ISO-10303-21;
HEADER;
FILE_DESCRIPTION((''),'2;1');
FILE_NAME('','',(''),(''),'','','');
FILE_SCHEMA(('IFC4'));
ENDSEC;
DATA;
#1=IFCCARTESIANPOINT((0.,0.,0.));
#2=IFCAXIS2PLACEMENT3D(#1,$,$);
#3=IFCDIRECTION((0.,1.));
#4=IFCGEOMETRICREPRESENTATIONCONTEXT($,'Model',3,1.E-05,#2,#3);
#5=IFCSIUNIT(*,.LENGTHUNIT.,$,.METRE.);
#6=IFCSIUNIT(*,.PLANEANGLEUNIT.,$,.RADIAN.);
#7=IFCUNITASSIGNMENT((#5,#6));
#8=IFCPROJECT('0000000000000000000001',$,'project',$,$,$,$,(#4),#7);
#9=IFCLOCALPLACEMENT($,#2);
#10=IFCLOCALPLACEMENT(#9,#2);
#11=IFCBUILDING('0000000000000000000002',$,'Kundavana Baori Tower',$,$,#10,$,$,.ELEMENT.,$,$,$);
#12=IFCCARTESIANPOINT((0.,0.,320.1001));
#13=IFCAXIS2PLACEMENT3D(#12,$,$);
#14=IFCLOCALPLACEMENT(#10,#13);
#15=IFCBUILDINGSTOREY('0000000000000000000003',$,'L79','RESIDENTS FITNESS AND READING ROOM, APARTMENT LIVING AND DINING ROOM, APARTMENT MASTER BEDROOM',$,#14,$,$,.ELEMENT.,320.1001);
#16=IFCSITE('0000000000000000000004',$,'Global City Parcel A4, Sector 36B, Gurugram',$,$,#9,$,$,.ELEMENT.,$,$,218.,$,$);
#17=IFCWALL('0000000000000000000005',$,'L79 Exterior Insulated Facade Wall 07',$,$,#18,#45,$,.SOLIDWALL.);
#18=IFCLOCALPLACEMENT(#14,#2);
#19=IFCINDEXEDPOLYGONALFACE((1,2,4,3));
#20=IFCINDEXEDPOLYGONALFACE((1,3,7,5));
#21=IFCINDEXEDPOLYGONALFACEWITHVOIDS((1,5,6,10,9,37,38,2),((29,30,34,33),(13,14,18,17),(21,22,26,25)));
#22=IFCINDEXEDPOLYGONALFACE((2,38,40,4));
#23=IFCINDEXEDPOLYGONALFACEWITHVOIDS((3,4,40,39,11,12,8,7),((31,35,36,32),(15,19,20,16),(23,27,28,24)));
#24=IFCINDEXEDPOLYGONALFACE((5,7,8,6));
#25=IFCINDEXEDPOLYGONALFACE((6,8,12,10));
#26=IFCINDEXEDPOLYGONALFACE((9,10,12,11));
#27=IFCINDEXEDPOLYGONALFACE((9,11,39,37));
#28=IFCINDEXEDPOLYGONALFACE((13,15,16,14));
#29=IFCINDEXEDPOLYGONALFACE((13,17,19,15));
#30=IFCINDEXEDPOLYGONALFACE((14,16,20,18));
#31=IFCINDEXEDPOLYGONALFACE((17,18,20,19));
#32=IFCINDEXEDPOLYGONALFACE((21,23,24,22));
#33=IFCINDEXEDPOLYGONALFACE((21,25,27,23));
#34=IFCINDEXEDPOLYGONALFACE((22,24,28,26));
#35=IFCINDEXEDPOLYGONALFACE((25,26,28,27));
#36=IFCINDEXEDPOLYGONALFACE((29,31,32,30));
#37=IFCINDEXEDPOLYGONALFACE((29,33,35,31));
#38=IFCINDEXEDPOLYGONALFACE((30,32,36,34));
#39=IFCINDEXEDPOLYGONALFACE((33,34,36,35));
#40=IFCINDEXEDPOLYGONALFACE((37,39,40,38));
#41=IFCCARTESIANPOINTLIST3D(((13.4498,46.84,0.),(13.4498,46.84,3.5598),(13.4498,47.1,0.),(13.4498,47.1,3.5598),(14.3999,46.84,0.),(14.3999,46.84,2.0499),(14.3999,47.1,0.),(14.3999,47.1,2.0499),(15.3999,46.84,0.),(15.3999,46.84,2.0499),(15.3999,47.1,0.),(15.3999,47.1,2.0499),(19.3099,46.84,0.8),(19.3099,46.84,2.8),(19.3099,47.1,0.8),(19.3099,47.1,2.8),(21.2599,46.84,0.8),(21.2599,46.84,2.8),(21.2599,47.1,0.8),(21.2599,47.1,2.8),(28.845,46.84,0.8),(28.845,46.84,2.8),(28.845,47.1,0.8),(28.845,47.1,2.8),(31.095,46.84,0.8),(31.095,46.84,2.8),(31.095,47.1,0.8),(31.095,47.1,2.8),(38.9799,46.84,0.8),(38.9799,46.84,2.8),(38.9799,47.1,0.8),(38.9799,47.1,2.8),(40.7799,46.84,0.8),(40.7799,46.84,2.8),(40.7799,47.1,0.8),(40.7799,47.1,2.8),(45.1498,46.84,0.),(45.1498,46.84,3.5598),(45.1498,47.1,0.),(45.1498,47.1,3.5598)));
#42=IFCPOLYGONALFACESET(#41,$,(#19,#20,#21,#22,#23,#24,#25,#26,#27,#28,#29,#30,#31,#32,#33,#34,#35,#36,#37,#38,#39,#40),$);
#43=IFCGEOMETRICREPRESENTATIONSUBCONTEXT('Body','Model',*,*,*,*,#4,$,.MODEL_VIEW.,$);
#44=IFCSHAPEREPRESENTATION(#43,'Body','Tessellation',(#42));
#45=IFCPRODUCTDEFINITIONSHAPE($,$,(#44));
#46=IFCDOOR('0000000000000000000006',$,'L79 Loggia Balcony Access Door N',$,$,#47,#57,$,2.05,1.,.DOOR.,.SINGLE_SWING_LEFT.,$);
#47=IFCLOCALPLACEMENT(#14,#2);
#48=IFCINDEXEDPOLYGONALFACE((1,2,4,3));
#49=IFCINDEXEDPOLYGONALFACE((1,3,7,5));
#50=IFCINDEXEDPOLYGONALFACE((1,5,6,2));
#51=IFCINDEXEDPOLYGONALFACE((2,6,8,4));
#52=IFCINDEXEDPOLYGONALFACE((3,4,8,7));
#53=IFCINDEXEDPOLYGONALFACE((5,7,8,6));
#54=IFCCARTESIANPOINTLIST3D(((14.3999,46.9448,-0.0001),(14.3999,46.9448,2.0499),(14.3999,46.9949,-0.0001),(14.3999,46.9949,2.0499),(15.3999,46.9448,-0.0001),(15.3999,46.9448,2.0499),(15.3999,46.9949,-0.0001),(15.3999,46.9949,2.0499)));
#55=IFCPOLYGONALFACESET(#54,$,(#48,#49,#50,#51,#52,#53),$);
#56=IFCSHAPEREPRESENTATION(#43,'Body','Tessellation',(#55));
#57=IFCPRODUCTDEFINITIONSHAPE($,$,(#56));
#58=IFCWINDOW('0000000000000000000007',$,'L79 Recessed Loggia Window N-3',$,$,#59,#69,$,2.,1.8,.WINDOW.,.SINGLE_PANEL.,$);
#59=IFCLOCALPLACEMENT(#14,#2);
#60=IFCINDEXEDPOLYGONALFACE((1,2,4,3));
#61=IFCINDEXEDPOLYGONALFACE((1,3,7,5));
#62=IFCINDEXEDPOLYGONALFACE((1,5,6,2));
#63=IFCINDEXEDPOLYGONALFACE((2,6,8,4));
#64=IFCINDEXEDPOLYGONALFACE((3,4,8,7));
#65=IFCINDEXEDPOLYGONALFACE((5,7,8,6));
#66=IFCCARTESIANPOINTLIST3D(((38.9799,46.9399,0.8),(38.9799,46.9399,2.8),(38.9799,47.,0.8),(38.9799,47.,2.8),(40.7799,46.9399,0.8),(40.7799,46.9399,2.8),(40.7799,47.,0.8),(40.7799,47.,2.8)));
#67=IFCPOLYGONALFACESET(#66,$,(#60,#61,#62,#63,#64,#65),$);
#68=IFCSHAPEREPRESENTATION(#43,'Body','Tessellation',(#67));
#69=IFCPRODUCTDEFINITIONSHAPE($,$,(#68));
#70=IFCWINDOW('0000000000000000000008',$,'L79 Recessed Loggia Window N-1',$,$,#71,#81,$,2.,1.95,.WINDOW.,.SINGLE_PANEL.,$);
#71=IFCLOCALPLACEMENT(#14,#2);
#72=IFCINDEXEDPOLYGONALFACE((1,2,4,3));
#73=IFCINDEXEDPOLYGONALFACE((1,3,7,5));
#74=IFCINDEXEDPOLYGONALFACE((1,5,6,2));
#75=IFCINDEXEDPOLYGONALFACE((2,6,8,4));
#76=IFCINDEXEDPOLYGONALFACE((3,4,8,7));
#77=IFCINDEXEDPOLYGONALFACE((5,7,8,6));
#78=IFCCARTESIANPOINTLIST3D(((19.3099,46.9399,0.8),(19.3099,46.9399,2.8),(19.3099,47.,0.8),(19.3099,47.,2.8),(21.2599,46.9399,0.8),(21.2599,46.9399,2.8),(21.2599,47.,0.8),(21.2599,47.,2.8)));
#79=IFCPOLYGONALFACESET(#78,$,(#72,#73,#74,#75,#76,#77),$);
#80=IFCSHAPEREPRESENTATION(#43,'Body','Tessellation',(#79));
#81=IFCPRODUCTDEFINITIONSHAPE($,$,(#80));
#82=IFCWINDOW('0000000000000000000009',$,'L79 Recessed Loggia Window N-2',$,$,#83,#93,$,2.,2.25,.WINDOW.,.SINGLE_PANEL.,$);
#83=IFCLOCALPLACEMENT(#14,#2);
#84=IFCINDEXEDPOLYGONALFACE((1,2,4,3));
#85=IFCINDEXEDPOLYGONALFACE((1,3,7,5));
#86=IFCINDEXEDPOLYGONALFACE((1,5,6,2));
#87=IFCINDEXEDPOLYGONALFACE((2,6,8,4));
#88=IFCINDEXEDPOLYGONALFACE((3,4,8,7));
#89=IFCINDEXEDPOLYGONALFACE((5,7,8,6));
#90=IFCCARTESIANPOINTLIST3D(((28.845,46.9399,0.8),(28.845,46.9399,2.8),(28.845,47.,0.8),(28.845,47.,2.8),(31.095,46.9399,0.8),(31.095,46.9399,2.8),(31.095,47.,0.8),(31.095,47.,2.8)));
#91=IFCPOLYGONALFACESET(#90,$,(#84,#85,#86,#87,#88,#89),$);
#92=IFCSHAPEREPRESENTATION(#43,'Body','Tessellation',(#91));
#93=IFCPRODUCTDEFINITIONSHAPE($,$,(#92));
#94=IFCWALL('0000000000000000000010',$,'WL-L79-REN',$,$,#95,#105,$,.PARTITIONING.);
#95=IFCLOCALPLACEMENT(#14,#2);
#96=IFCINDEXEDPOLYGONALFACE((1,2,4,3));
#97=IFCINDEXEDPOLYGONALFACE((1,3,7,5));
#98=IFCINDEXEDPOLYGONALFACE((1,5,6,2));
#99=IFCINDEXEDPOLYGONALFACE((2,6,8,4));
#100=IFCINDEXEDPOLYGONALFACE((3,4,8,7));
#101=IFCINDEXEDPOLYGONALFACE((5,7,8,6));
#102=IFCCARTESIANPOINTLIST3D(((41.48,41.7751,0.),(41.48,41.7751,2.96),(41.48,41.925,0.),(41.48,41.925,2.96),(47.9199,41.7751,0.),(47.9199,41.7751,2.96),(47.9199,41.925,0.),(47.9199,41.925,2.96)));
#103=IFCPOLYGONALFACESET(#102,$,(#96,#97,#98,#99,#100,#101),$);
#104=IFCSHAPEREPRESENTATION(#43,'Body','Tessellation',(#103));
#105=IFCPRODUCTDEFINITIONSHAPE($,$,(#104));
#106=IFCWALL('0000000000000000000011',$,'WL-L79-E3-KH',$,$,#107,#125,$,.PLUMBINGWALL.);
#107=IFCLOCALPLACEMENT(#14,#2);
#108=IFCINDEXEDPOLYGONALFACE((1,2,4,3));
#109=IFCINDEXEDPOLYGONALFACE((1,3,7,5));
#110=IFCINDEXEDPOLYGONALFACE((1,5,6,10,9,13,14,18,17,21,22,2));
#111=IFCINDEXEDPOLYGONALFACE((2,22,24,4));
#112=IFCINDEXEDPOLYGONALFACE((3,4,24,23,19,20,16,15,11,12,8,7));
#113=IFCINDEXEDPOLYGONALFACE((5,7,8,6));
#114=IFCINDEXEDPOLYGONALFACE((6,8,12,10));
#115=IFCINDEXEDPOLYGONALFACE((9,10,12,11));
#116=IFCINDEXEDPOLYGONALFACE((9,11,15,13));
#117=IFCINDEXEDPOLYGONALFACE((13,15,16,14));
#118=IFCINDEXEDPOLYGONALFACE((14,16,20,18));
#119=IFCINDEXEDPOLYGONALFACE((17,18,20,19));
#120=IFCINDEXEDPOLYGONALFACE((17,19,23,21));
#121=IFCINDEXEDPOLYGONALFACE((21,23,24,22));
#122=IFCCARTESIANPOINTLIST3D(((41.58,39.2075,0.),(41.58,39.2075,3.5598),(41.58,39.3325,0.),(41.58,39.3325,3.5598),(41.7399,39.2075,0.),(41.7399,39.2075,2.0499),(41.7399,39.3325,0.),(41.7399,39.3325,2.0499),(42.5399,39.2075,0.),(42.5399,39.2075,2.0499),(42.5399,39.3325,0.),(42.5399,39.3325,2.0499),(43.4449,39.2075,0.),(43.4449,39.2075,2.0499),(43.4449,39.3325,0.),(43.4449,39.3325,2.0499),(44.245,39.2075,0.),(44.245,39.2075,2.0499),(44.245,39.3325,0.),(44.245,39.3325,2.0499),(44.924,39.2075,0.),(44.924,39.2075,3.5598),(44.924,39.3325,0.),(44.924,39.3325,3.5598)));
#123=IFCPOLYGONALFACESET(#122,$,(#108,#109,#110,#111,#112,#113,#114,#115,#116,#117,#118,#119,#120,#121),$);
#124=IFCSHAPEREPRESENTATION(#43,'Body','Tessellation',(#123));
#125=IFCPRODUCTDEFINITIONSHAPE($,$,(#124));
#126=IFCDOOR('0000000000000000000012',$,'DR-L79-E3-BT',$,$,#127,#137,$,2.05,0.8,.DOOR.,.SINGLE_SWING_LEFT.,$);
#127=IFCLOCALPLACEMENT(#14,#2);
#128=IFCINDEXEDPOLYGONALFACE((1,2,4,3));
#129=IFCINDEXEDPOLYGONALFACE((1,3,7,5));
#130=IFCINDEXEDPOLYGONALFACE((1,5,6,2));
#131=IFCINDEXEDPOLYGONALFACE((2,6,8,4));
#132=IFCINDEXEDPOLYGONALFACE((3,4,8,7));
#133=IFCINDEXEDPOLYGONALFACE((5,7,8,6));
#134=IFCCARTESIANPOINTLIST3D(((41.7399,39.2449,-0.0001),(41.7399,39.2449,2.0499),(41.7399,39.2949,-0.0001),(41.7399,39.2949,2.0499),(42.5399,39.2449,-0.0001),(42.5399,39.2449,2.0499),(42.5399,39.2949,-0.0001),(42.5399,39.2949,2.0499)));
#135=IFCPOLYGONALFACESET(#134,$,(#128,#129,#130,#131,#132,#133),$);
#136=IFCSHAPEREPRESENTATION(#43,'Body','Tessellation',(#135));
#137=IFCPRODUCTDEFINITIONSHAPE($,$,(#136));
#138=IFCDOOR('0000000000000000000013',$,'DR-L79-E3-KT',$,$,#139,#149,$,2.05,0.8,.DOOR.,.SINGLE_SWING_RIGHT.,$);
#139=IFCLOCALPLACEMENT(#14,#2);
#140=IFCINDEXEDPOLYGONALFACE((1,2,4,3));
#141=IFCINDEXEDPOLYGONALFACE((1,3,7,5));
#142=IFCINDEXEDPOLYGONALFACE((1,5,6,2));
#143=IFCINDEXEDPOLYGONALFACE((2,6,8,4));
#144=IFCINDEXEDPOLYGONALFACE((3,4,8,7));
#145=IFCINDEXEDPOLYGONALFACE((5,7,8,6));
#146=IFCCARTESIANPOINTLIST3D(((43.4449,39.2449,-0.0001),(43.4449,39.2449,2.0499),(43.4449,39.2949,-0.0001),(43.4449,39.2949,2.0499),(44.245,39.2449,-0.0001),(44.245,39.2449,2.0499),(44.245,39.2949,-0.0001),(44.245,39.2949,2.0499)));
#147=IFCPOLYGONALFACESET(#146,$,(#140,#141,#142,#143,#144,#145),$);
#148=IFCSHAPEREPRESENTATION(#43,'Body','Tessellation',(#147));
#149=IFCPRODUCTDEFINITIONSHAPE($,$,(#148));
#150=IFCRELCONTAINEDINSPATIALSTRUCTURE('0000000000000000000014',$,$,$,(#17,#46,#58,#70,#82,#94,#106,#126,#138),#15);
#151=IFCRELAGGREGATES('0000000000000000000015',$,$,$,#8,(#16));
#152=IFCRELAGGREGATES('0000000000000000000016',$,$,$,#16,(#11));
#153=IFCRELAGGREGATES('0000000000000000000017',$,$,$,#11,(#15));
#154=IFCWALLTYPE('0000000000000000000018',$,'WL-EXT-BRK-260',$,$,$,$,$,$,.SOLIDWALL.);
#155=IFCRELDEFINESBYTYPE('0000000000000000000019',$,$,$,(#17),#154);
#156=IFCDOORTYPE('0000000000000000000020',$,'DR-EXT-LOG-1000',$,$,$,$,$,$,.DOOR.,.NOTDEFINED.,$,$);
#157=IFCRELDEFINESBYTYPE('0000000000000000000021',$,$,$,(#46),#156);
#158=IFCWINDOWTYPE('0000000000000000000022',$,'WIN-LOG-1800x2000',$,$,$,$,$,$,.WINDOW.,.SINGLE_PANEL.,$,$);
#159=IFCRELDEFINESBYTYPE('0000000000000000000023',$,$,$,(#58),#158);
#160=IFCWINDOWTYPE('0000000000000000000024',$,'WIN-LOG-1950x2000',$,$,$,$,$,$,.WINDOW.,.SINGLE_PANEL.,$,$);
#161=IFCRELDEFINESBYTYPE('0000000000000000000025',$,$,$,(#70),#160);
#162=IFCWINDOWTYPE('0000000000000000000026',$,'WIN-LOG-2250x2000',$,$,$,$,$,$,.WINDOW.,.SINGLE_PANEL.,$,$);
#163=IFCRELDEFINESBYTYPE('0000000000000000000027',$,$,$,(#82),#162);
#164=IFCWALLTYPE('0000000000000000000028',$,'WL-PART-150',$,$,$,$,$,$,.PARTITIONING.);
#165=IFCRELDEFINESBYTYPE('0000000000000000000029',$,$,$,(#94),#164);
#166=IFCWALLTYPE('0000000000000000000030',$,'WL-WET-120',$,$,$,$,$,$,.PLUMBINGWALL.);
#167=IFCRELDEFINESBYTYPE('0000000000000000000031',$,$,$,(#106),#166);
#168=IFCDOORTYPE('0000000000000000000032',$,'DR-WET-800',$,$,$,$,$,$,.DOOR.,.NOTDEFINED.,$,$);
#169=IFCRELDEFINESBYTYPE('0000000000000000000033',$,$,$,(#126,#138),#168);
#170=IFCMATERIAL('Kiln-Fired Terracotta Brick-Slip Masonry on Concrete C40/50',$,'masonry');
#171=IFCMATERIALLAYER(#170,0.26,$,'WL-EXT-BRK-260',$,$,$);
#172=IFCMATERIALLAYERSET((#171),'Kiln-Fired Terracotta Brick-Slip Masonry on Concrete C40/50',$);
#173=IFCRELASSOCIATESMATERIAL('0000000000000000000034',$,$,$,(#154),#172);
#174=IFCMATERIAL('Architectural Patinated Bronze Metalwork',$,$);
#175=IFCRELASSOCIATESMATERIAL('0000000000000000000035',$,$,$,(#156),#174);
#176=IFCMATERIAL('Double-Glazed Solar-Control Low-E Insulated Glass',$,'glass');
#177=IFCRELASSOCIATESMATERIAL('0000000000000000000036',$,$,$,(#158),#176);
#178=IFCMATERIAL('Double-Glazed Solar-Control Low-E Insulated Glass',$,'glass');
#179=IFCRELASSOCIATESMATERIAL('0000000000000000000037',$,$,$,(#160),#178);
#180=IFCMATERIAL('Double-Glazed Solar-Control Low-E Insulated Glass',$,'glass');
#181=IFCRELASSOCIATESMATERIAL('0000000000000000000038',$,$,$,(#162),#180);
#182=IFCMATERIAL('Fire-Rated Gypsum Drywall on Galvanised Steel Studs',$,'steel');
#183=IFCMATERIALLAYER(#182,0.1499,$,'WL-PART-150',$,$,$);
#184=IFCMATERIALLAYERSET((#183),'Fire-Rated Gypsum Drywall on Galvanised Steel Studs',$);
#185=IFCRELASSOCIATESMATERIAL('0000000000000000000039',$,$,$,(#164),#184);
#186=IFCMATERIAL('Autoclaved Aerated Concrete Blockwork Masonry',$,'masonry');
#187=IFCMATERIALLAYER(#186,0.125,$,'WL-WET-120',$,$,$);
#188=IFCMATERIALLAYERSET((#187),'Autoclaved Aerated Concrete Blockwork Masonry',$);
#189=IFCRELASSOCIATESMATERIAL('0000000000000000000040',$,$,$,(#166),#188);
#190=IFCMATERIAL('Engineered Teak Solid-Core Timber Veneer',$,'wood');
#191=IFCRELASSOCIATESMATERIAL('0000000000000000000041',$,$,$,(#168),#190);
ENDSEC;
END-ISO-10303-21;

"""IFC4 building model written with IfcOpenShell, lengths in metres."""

from ifc_helpers import new_model, si_unit, direction, frame, frame_2d, origin, place, context, subcontext, project, spatial, rectangle, extrude, material, layer, layer_set, type_object, element, fill, save


model = new_model("IFC4")

# Units and contexts
model_context = context("Model", 3, precision=1e-05, world=origin(), true_north=direction((0.0, 1.0)))
body_context = subcontext(model_context, "Body", "Model", "MODEL_VIEW")
ifc_project = project(units=[si_unit("LENGTHUNIT", "METRE"), si_unit("PLANEANGLEUNIT", "RADIAN")], contexts=[model_context])

# Site, building, storey
site_placement = place(None, origin())
site = spatial("IfcSite", under=ifc_project, at=site_placement, Name="Global City Parcel A4, Sector 36B, Gurugram", CompositionType="ELEMENT", RefElevation=218.0)
building_placement = place(site_placement, origin())
building = spatial("IfcBuilding", under=site, at=building_placement, Name="Kundavana Baori Tower", CompositionType="ELEMENT")
storey_placement = place(building_placement, frame((0.0, 0.0, 320.1001)))
storey = spatial("IfcBuildingStorey", under=building, at=storey_placement, Name="L79", Description="RESIDENTS FITNESS AND READING ROOM, APARTMENT LIVING AND DINING ROOM, APARTMENT MASTER BEDROOM", CompositionType="ELEMENT", Elevation=320.1001)

# Shared definitions
ifc_material_1 = material(Name="Kiln-Fired Terracotta Brick-Slip Masonry on Concrete C40/50", Category="masonry")
ifc_layer_1 = layer(ifc_material_1, 0.26, Name="WL-EXT-BRK-260")
ifc_layer_set_1 = layer_set([ifc_layer_1], Name="Kiln-Fired Terracotta Brick-Slip Masonry on Concrete C40/50")
wall_type_1 = type_object("IfcWallType", Name="WL-EXT-BRK-260", PredefinedType="SOLIDWALL", material=ifc_layer_set_1)

# Wall, openings, door, windows
wall_1_placement = place(storey_placement, frame((45.1499, 46.97, 0.0), z_axis=(0.0, 0.0, 1.0), x_axis=(-1.0, 0.0, 0.0)))
wall_1 = element("IfcWall", 1, at=wall_1_placement, inside=storey, type_object=wall_type_1, Name="L79 Exterior Insulated Facade Wall 07", PredefinedType="SOLIDWALL", context=body_context, shape_type="SweptSolid", body=[
    extrude(rectangle(XDim=31.7, YDim=0.26, at=frame_2d((15.8501, 0.0))), origin(), (0.0, 0.0, 1.0), 3.5598),
])
opening_1_placement = place(wall_1_placement, frame((29.75, 0.0, 0.0)))
opening_1 = element("IfcOpeningElement", 2, at=opening_1_placement, cuts=wall_1, PredefinedType="OPENING", context=body_context, shape_type="SweptSolid", body=[
    extrude(rectangle(XDim=1.0, YDim=2.05, at=frame_2d((0.5, 1.0249))), frame((0.0, 0.1401, 0.0), z_axis=(0.0, -1.0, 0.0), x_axis=(1.0, 0.0, 0.0)), (0.0, 0.0, 1.0), 0.28),
])
opening_2_placement = place(wall_1_placement, frame((23.8899, 0.0, 0.8)))
opening_2 = element("IfcOpeningElement", 3, at=opening_2_placement, cuts=wall_1, PredefinedType="OPENING", context=body_context, shape_type="SweptSolid", body=[
    extrude(rectangle(XDim=1.95, YDim=2.0, at=frame_2d((0.9751, 1.0))), frame((0.0, 0.1401, 0.0), z_axis=(0.0, -1.0, 0.0), x_axis=(1.0, 0.0, 0.0)), (0.0, 0.0, 1.0), 0.28),
])
opening_3_placement = place(wall_1_placement, frame((14.0549, 0.0, 0.8)))
opening_3 = element("IfcOpeningElement", 4, at=opening_3_placement, cuts=wall_1, PredefinedType="OPENING", context=body_context, shape_type="SweptSolid", body=[
    extrude(rectangle(XDim=2.25, YDim=2.0, at=frame_2d((1.125, 1.0))), frame((0.0, 0.1401, 0.0), z_axis=(0.0, -1.0, 0.0), x_axis=(1.0, 0.0, 0.0)), (0.0, 0.0, 1.0), 0.28),
])
opening_4_placement = place(wall_1_placement, frame((4.3701, 0.0, 0.8)))
opening_4 = element("IfcOpeningElement", 5, at=opening_4_placement, cuts=wall_1, PredefinedType="OPENING", context=body_context, shape_type="SweptSolid", body=[
    extrude(rectangle(XDim=1.8, YDim=2.0, at=frame_2d((0.8999, 1.0))), frame((0.0, 0.1401, 0.0), z_axis=(0.0, -1.0, 0.0), x_axis=(1.0, 0.0, 0.0)), (0.0, 0.0, 1.0), 0.28),
])
ifc_material_2 = material(Name="Architectural Patinated Bronze Metalwork")
door_type_1 = type_object("IfcDoorType", Name="DR-EXT-LOG-1000", OperationType="NOTDEFINED", PredefinedType="DOOR", material=ifc_material_2)
door_1_placement = place(opening_1_placement, frame((1.0, 0.0, 0.0), z_axis=(0.0, 0.0, 1.0), x_axis=(-1.0, 0.0, 0.0)))
door_1 = element("IfcDoor", 6, at=door_1_placement, inside=storey, type_object=door_type_1, Name="L79 Loggia Balcony Access Door N", OperationType="SINGLE_SWING_LEFT", OverallHeight=2.05, OverallWidth=1.0, PredefinedType="DOOR", context=body_context, shape_type="SweptSolid", body=[
    extrude(rectangle(XDim=1.0, YDim=2.05, at=frame_2d((0.5, 1.0249))), frame((0.0, 0.0249, 0.0), z_axis=(0.0, -1.0, 0.0), x_axis=(1.0, 0.0, 0.0)), (0.0, 0.0, 1.0), 0.05),
])
fill(opening_1, door_1)
ifc_material_3 = material(Name="Double-Glazed Solar-Control Low-E Insulated Glass", Category="glass")
window_type_1 = type_object("IfcWindowType", Name="WIN-LOG-1800x2000", PartitioningType="SINGLE_PANEL", PredefinedType="WINDOW", material=ifc_material_3)
window_1_placement = place(opening_4_placement, origin())
window_1 = element("IfcWindow", 7, at=window_1_placement, inside=storey, type_object=window_type_1, Name="L79 Recessed Loggia Window N-3", OverallHeight=2.0, OverallWidth=1.8, PartitioningType="SINGLE_PANEL", PredefinedType="WINDOW", context=body_context, shape_type="SweptSolid", body=[
    extrude(rectangle(XDim=1.8, YDim=2.0, at=frame_2d((0.8999, 1.0))), frame((0.0, 0.03, 0.0), z_axis=(0.0, -1.0, 0.0), x_axis=(1.0, 0.0, 0.0)), (0.0, 0.0, 1.0), 0.0601),
])
fill(opening_4, window_1)
ifc_material_4 = material(Name="Double-Glazed Solar-Control Low-E Insulated Glass", Category="glass")
window_type_2 = type_object("IfcWindowType", Name="WIN-LOG-1950x2000", PartitioningType="SINGLE_PANEL", PredefinedType="WINDOW", material=ifc_material_4)
window_2_placement = place(opening_2_placement, origin())
window_2 = element("IfcWindow", 8, at=window_2_placement, inside=storey, type_object=window_type_2, Name="L79 Recessed Loggia Window N-1", OverallHeight=2.0, OverallWidth=1.95, PartitioningType="SINGLE_PANEL", PredefinedType="WINDOW", context=body_context, shape_type="SweptSolid", body=[
    extrude(rectangle(XDim=1.95, YDim=2.0, at=frame_2d((0.9751, 1.0))), frame((0.0, 0.03, 0.0), z_axis=(0.0, -1.0, 0.0), x_axis=(1.0, 0.0, 0.0)), (0.0, 0.0, 1.0), 0.0601),
])
fill(opening_2, window_2)
ifc_material_5 = material(Name="Double-Glazed Solar-Control Low-E Insulated Glass", Category="glass")
window_type_3 = type_object("IfcWindowType", Name="WIN-LOG-2250x2000", PartitioningType="SINGLE_PANEL", PredefinedType="WINDOW", material=ifc_material_5)
window_3_placement = place(opening_3_placement, origin())
window_3 = element("IfcWindow", 9, at=window_3_placement, inside=storey, type_object=window_type_3, Name="L79 Recessed Loggia Window N-2", OverallHeight=2.0, OverallWidth=2.25, PartitioningType="SINGLE_PANEL", PredefinedType="WINDOW", context=body_context, shape_type="SweptSolid", body=[
    extrude(rectangle(XDim=2.25, YDim=2.0, at=frame_2d((1.125, 1.0))), frame((0.0, 0.03, 0.0), z_axis=(0.0, -1.0, 0.0), x_axis=(1.0, 0.0, 0.0)), (0.0, 0.0, 1.0), 0.0601),
])
fill(opening_3, window_3)

# Wall
ifc_material_6 = material(Name="Fire-Rated Gypsum Drywall on Galvanised Steel Studs", Category="steel")
ifc_layer_2 = layer(ifc_material_6, 0.1499, Name="WL-PART-150")
ifc_layer_set_2 = layer_set([ifc_layer_2], Name="Fire-Rated Gypsum Drywall on Galvanised Steel Studs")
wall_type_2 = type_object("IfcWallType", Name="WL-PART-150", PredefinedType="PARTITIONING", material=ifc_layer_set_2)
wall_2_placement = place(storey_placement, frame((41.48, 41.8501, 0.0), z_axis=(0.0, 0.0, 1.0), x_axis=(1.0, 0.0, 0.0)))
element("IfcWall", 10, at=wall_2_placement, inside=storey, type_object=wall_type_2, Name="WL-L79-REN", PredefinedType="PARTITIONING", context=body_context, shape_type="SweptSolid", body=[
    extrude(rectangle(XDim=6.4399, YDim=0.1499, at=frame_2d((3.22, 0.0))), origin(), (0.0, 0.0, 1.0), 2.96),
])

# Wall, openings, doors
ifc_material_7 = material(Name="Autoclaved Aerated Concrete Blockwork Masonry", Category="masonry")
ifc_layer_3 = layer(ifc_material_7, 0.125, Name="WL-WET-120")
ifc_layer_set_3 = layer_set([ifc_layer_3], Name="Autoclaved Aerated Concrete Blockwork Masonry")
wall_type_3 = type_object("IfcWallType", Name="WL-WET-120", PredefinedType="PLUMBINGWALL", material=ifc_layer_set_3)
wall_3_placement = place(storey_placement, frame((41.5801, 39.27, 0.0), z_axis=(0.0, 0.0, 1.0), x_axis=(1.0, 0.0, 0.0)))
wall_3 = element("IfcWall", 11, at=wall_3_placement, inside=storey, type_object=wall_type_3, Name="WL-L79-E3-KH", PredefinedType="PLUMBINGWALL", context=body_context, shape_type="SweptSolid", body=[
    extrude(rectangle(XDim=3.344, YDim=0.125, at=frame_2d((1.6719, 0.0))), origin(), (0.0, 0.0, 1.0), 3.5598),
])
opening_5_placement = place(wall_3_placement, frame((0.1599, 0.0, 0.0)))
opening_5 = element("IfcOpeningElement", 12, at=opening_5_placement, cuts=wall_3, PredefinedType="OPENING", context=body_context, shape_type="SweptSolid", body=[
    extrude(rectangle(XDim=0.8, YDim=2.05, at=frame_2d((0.3999, 1.0249))), frame((0.0, 0.0725, 0.0), z_axis=(0.0, -1.0, 0.0), x_axis=(1.0, 0.0, 0.0)), (0.0, 0.0, 1.0), 0.145),
])
opening_6_placement = place(wall_3_placement, frame((1.865, 0.0, 0.0)))
opening_6 = element("IfcOpeningElement", 13, at=opening_6_placement, cuts=wall_3, PredefinedType="OPENING", context=body_context, shape_type="SweptSolid", body=[
    extrude(rectangle(XDim=0.8, YDim=2.05, at=frame_2d((0.3999, 1.0249))), frame((0.0, 0.0725, 0.0), z_axis=(0.0, -1.0, 0.0), x_axis=(1.0, 0.0, 0.0)), (0.0, 0.0, 1.0), 0.145),
])
ifc_material_8 = material(Name="Engineered Teak Solid-Core Timber Veneer", Category="wood")
door_type_2 = type_object("IfcDoorType", Name="DR-WET-800", OperationType="NOTDEFINED", PredefinedType="DOOR", material=ifc_material_8)
door_2_placement = place(opening_5_placement, origin())
door_2 = element("IfcDoor", 14, at=door_2_placement, inside=storey, type_object=door_type_2, Name="DR-L79-E3-BT", OperationType="SINGLE_SWING_LEFT", OverallHeight=2.05, OverallWidth=0.8, PredefinedType="DOOR", context=body_context, shape_type="SweptSolid", body=[
    extrude(rectangle(XDim=0.8, YDim=2.05, at=frame_2d((0.3999, 1.0249))), frame((0.0, 0.0249, 0.0), z_axis=(0.0, -1.0, 0.0), x_axis=(1.0, 0.0, 0.0)), (0.0, 0.0, 1.0), 0.05),
])
fill(opening_5, door_2)
door_3_placement = place(opening_6_placement, origin())
door_3 = element("IfcDoor", 15, at=door_3_placement, inside=storey, type_object=door_type_2, Name="DR-L79-E3-KT", OperationType="SINGLE_SWING_RIGHT", OverallHeight=2.05, OverallWidth=0.8, PredefinedType="DOOR", context=body_context, shape_type="SweptSolid", body=[
    extrude(rectangle(XDim=0.8, YDim=2.05, at=frame_2d((0.3999, 1.0249))), frame((0.0, 0.0249, 0.0), z_axis=(0.0, -1.0, 0.0), x_axis=(1.0, 0.0, 0.0)), (0.0, 0.0, 1.0), 0.05),
])
fill(opening_6, door_3)

save(model, "model.ifc")
